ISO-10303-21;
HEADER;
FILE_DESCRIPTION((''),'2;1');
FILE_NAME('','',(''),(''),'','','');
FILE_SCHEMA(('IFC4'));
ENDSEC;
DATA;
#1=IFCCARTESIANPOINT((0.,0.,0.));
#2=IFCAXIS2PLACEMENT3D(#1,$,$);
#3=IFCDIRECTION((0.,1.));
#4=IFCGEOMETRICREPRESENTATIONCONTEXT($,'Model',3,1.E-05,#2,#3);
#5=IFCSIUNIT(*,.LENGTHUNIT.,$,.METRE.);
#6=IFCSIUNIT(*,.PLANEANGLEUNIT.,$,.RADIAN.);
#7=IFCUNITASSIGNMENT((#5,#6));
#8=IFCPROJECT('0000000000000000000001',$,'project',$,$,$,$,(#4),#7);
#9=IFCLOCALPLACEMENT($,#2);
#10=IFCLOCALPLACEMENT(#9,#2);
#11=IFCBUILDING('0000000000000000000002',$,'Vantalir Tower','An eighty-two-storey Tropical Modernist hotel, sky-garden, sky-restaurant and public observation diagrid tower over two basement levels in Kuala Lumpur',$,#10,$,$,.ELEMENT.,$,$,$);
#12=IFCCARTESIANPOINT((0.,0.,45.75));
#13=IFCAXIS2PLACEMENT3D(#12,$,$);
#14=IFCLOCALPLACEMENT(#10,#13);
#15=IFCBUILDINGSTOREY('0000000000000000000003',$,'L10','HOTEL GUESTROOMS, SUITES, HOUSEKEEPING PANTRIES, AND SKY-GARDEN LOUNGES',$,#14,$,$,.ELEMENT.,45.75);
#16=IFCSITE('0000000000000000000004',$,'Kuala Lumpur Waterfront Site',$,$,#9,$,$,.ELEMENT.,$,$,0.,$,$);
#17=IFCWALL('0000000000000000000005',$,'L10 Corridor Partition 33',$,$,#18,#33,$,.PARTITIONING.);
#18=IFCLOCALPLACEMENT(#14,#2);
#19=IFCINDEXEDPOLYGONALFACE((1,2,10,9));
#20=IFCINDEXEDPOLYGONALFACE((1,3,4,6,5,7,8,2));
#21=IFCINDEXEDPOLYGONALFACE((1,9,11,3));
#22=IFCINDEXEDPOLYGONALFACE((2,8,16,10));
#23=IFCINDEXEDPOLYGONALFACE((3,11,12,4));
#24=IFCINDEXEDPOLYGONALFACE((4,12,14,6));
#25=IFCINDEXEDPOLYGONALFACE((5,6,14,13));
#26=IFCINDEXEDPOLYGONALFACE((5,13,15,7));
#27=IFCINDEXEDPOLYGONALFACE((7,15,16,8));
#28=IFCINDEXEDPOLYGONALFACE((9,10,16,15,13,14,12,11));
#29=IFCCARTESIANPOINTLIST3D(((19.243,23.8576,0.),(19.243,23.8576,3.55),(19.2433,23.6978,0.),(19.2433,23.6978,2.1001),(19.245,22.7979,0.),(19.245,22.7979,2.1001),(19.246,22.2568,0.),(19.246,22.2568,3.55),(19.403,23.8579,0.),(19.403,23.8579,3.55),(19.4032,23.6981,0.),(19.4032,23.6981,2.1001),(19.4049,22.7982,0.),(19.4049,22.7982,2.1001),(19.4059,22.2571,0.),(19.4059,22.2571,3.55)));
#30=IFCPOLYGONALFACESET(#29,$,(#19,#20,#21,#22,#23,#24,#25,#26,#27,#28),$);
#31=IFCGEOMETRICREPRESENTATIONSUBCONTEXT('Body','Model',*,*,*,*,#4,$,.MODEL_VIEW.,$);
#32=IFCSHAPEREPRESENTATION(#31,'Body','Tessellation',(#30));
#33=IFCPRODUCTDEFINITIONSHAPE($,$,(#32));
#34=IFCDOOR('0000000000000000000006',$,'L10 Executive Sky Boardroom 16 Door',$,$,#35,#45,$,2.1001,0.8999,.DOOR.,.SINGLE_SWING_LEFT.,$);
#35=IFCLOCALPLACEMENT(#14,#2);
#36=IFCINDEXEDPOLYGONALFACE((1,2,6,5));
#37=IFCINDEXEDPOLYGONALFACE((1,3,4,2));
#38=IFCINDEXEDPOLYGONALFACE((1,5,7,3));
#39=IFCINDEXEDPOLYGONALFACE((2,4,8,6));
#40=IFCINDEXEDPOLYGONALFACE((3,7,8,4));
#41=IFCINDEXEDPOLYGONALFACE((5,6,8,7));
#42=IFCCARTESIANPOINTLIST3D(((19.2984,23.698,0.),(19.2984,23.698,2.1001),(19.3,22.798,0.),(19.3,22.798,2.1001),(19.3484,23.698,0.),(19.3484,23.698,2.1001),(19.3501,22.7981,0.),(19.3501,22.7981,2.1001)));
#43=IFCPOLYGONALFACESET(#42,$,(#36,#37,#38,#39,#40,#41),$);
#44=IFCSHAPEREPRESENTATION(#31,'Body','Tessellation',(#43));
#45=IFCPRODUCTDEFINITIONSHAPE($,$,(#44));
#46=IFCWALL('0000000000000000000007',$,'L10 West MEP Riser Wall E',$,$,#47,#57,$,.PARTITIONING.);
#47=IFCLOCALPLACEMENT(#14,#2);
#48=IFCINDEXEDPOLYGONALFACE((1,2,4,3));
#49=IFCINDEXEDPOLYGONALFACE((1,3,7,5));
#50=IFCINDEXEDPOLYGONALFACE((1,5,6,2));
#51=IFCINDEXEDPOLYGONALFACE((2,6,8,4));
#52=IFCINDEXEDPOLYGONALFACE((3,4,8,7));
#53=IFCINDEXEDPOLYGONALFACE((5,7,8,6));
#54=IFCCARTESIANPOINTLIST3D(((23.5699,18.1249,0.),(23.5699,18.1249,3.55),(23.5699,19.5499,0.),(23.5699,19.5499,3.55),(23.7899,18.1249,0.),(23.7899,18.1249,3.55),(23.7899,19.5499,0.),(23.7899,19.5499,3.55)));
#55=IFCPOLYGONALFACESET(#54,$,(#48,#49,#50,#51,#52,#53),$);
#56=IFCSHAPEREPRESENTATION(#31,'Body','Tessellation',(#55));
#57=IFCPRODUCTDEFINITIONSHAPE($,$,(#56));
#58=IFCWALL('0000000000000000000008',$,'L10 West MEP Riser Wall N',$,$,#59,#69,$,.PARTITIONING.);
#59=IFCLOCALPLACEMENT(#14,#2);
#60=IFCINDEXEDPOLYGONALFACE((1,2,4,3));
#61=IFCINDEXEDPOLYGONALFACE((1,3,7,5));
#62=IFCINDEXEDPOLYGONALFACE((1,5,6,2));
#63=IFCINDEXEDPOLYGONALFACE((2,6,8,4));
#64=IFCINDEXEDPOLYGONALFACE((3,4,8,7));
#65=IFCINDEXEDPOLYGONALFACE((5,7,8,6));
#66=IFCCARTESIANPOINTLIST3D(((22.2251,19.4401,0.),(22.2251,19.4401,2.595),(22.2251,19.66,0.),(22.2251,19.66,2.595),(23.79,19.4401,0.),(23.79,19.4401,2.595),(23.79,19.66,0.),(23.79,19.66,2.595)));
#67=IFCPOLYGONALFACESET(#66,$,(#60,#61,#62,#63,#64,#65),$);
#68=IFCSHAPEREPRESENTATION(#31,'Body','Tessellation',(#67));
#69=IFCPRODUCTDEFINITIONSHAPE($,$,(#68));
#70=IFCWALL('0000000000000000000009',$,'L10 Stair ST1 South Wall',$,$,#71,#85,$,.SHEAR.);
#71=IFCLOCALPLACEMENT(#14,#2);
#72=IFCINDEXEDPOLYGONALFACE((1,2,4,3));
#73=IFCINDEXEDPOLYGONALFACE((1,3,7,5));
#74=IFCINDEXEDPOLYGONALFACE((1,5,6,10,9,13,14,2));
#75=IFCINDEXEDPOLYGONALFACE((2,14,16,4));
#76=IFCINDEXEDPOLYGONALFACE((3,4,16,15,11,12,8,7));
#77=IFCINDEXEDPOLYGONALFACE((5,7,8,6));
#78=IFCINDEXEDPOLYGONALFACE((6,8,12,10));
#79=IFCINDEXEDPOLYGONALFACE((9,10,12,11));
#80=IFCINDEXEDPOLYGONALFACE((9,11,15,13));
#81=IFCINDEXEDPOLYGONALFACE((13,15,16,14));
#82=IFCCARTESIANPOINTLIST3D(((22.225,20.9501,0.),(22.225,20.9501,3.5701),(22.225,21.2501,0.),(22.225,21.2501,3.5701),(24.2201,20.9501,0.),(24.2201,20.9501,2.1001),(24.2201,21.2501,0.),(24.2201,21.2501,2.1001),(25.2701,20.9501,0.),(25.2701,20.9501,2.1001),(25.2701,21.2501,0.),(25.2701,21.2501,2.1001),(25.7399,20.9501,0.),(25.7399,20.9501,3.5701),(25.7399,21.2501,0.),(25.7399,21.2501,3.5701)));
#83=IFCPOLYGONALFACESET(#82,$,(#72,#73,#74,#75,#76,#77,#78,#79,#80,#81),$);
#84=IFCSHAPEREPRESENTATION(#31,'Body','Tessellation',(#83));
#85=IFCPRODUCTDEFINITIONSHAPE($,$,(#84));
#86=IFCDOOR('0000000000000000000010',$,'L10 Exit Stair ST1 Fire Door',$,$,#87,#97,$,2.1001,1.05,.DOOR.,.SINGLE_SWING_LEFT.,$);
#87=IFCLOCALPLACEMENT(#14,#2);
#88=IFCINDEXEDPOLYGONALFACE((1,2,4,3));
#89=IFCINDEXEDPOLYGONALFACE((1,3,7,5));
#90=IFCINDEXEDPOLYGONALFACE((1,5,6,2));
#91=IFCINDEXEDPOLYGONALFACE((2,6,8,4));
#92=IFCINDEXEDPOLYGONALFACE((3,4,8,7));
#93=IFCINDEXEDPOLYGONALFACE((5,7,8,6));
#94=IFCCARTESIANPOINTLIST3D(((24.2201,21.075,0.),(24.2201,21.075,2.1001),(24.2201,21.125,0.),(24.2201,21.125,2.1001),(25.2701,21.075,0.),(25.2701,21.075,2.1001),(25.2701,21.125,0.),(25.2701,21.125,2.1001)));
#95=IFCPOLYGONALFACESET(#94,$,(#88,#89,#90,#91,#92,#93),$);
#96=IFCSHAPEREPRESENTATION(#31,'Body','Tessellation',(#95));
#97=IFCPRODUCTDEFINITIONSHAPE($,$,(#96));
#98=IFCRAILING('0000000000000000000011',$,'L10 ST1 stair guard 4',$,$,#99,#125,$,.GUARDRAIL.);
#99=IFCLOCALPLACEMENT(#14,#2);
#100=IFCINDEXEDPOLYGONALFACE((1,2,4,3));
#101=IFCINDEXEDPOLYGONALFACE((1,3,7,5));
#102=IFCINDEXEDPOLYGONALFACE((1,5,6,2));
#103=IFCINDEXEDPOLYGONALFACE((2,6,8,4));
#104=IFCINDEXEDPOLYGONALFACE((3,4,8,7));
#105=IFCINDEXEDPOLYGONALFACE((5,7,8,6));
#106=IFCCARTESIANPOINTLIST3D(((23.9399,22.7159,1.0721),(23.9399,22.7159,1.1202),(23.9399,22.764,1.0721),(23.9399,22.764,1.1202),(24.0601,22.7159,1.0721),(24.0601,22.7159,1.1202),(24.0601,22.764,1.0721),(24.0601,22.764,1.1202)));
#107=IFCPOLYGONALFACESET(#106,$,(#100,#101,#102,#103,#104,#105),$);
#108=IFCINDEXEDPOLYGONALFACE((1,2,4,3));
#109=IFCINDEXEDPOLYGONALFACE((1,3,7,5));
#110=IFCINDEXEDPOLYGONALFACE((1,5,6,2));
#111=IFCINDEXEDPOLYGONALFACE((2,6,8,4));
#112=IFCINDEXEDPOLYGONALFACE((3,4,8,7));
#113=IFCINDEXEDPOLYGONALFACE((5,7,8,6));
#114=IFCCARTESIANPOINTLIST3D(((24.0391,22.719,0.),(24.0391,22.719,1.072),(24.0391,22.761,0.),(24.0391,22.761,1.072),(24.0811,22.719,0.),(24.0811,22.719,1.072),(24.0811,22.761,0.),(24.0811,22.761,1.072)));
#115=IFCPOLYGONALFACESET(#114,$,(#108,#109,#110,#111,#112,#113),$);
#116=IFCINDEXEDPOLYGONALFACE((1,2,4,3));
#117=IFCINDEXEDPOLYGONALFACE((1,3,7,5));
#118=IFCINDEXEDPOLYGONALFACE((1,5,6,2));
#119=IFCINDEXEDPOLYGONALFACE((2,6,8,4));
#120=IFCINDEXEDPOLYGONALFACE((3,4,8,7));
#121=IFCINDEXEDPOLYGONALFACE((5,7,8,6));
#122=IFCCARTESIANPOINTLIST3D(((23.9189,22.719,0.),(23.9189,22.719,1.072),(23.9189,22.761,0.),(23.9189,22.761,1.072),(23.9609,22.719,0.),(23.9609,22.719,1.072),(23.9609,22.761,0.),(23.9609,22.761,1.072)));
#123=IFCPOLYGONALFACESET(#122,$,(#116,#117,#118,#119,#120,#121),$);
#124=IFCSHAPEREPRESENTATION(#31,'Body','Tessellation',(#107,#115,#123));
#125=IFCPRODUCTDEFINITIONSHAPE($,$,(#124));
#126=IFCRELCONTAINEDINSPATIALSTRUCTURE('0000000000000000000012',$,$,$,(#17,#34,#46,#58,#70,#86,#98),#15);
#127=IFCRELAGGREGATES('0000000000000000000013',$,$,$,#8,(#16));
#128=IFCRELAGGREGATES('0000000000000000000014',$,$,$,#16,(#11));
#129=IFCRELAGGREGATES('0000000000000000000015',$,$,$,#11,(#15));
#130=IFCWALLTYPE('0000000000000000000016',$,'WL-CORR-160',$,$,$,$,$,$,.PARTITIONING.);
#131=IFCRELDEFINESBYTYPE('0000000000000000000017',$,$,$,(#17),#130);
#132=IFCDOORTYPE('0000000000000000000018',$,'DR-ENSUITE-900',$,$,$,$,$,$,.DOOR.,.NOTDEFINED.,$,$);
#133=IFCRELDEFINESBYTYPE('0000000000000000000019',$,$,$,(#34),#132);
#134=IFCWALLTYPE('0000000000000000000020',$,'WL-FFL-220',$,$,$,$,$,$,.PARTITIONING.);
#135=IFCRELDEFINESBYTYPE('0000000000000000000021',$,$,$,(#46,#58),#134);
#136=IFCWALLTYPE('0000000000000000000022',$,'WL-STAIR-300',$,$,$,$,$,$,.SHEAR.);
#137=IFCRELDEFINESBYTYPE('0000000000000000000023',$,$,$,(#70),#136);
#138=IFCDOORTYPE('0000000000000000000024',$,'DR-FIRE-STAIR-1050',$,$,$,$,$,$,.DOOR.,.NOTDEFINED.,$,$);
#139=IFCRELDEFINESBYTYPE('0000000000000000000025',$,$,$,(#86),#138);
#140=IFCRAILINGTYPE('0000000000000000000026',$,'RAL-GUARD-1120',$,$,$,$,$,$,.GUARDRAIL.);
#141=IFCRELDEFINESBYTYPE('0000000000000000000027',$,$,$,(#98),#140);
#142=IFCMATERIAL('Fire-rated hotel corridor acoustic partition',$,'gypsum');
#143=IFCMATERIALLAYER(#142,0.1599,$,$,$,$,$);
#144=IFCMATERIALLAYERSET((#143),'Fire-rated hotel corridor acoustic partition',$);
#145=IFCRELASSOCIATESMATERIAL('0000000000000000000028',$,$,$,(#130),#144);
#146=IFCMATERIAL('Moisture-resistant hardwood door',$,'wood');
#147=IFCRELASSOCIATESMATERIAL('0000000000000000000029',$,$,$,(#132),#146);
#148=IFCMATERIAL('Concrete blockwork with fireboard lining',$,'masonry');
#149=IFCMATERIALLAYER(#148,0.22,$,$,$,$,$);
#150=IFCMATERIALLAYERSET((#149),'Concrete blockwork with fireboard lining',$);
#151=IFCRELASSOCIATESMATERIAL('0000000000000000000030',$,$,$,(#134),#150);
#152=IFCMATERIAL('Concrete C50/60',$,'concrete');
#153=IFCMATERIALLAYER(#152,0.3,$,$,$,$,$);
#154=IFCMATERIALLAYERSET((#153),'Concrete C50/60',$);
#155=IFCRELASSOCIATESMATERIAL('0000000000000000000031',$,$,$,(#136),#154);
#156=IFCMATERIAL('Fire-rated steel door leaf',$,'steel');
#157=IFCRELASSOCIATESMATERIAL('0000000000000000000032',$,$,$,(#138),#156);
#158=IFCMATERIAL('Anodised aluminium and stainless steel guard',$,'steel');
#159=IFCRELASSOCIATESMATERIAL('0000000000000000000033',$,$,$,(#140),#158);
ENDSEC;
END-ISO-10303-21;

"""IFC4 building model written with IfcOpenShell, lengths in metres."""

from ifc_helpers import new_model, si_unit, direction, frame, frame_2d, origin, origin_2d, place, context, subcontext, project, spatial, rectangle, extrude, material, layer, layer_set, type_object, element, fill, save


model = new_model("IFC4")

# Units and contexts
model_context = context("Model", 3, precision=1e-05, world=origin(), true_north=direction((0.0, 1.0)))
body_context = subcontext(model_context, "Body", "Model", "MODEL_VIEW")
ifc_project = project(units=[si_unit("LENGTHUNIT", "METRE"), si_unit("PLANEANGLEUNIT", "RADIAN")], contexts=[model_context])

# Site, building, storey
site_placement = place(None, origin())
site = spatial("IfcSite", under=ifc_project, at=site_placement, Name="Kuala Lumpur Waterfront Site", CompositionType="ELEMENT", RefElevation=0.0)
building_placement = place(site_placement, origin())
building = spatial("IfcBuilding", under=site, at=building_placement, Name="Vantalir Tower", Description="An eighty-two-storey Tropical Modernist hotel, sky-garden, sky-restaurant and public observation diagrid tower over two basement levels in Kuala Lumpur", CompositionType="ELEMENT")
storey_placement = place(building_placement, frame((0.0, 0.0, 45.75)))
storey = spatial("IfcBuildingStorey", under=building, at=storey_placement, Name="L10", Description="HOTEL GUESTROOMS, SUITES, HOUSEKEEPING PANTRIES, AND SKY-GARDEN LOUNGES", CompositionType="ELEMENT", Elevation=45.75)

# Wall, opening, door
ifc_material_1 = material(Name="Fire-rated hotel corridor acoustic partition", Category="gypsum")
ifc_layer_1 = layer(ifc_material_1, 0.1599)
ifc_layer_set_1 = layer_set([ifc_layer_1], Name="Fire-rated hotel corridor acoustic partition")
wall_type_1 = type_object("IfcWallType", Name="WL-CORR-160", PredefinedType="PARTITIONING", material=ifc_layer_set_1)
wall_1_placement = place(storey_placement, frame((19.3259, 22.2571, 0.0), z_axis=(0.0, 0.0, 1.0), x_axis=(-0.00183, 0.999998, 0.0)))
wall_1 = element("IfcWall", 1, at=wall_1_placement, inside=storey, type_object=wall_type_1, Name="L10 Corridor Partition 33", PredefinedType="PARTITIONING", context=body_context, shape_type="SweptSolid", body=[
    extrude(rectangle(XDim=1.6008, YDim=0.1599, at=frame_2d((0.8003, 0.0))), origin(), (0.0, 0.0, 1.0), 3.55),
])
opening_1_placement = place(wall_1_placement, frame((0.541, 0.0, 0.0)))
opening_1 = element("IfcOpeningElement", 2, at=opening_1_placement, cuts=wall_1, PredefinedType="OPENING", context=body_context, shape_type="SweptSolid", body=[
    extrude(rectangle(XDim=0.8999, YDim=2.1001, at=frame_2d((0.45, 1.05))), frame((0.0, 0.0898, 0.0), z_axis=(0.0, -1.0, 0.0), x_axis=(1.0, 0.0, 0.0)), (0.0, 0.0, 1.0), 0.1799),
])
ifc_material_2 = material(Name="Moisture-resistant hardwood door", Category="wood")
door_type_1 = type_object("IfcDoorType", Name="DR-ENSUITE-900", OperationType="NOTDEFINED", PredefinedType="DOOR", material=ifc_material_2)
door_1_placement = place(opening_1_placement, origin())
door_1 = element("IfcDoor", 3, at=door_1_placement, inside=storey, type_object=door_type_1, Name="L10 Executive Sky Boardroom 16 Door", OperationType="SINGLE_SWING_LEFT", OverallHeight=2.1001, OverallWidth=0.8999, PredefinedType="DOOR", context=body_context, shape_type="SweptSolid", body=[
    extrude(rectangle(XDim=0.8999, YDim=2.1001, at=frame_2d((0.45, 1.05))), frame((0.0, 0.0249, 0.0), z_axis=(0.0, -1.0, 0.0), x_axis=(1.0, 0.0, 0.0)), (0.0, 0.0, 1.0), 0.05),
])
fill(opening_1, door_1)

# Walls
ifc_material_3 = material(Name="Concrete blockwork with fireboard lining", Category="masonry")
ifc_layer_2 = layer(ifc_material_3, 0.22)
ifc_layer_set_2 = layer_set([ifc_layer_2], Name="Concrete blockwork with fireboard lining")
wall_type_2 = type_object("IfcWallType", Name="WL-FFL-220", PredefinedType="PARTITIONING", material=ifc_layer_set_2)
wall_2_placement = place(storey_placement, frame((23.6799, 18.125, 0.0), z_axis=(0.0, 0.0, 1.0), x_axis=(0.0, 1.0, 0.0)))
element("IfcWall", 4, at=wall_2_placement, inside=storey, type_object=wall_type_2, Name="L10 West MEP Riser Wall E", PredefinedType="PARTITIONING", context=body_context, shape_type="SweptSolid", body=[
    extrude(rectangle(XDim=1.425, YDim=0.22, at=frame_2d((0.7124, 0.0))), origin(), (0.0, 0.0, 1.0), 3.55),
])
wall_3_placement = place(storey_placement, frame((22.2251, 19.55, 0.0), z_axis=(0.0, 0.0, 1.0), x_axis=(1.0, 0.0, 0.0)))
element("IfcWall", 5, at=wall_3_placement, inside=storey, type_object=wall_type_2, Name="L10 West MEP Riser Wall N", PredefinedType="PARTITIONING", context=body_context, shape_type="SweptSolid", body=[
    extrude(rectangle(XDim=1.5649, YDim=0.22, at=frame_2d((0.7825, 0.0))), origin(), (0.0, 0.0, 1.0), 2.595),
])

# Wall, opening, door
ifc_material_4 = material(Name="Concrete C50/60", Category="concrete")
ifc_layer_3 = layer(ifc_material_4, 0.3)
ifc_layer_set_3 = layer_set([ifc_layer_3], Name="Concrete C50/60")
wall_type_3 = type_object("IfcWallType", Name="WL-STAIR-300", PredefinedType="SHEAR", material=ifc_layer_set_3)
wall_4_placement = place(storey_placement, frame((22.2251, 21.1001, 0.0), z_axis=(0.0, 0.0, 1.0), x_axis=(1.0, 0.0, 0.0)))
wall_4 = element("IfcWall", 6, at=wall_4_placement, inside=storey, type_object=wall_type_3, Name="L10 Stair ST1 South Wall", PredefinedType="SHEAR", context=body_context, shape_type="SweptSolid", body=[
    extrude(rectangle(XDim=3.5149, YDim=0.3, at=frame_2d((1.7573, 0.0))), origin(), (0.0, 0.0, 1.0), 3.5701),
])
opening_2_placement = place(wall_4_placement, frame((1.9951, 0.0, 0.0)))
opening_2 = element("IfcOpeningElement", 7, at=opening_2_placement, cuts=wall_4, PredefinedType="OPENING", context=body_context, shape_type="SweptSolid", body=[
    extrude(rectangle(XDim=1.05, YDim=2.1001, at=frame_2d((0.5249, 1.05))), frame((0.0, 0.1599, 0.0), z_axis=(0.0, -1.0, 0.0), x_axis=(1.0, 0.0, 0.0)), (0.0, 0.0, 1.0), 0.3201),
])
ifc_material_5 = material(Name="Fire-rated steel door leaf", Category="steel")
door_type_2 = type_object("IfcDoorType", Name="DR-FIRE-STAIR-1050", OperationType="NOTDEFINED", PredefinedType="DOOR", material=ifc_material_5)
door_2_placement = place(opening_2_placement, origin())
door_2 = element("IfcDoor", 8, at=door_2_placement, inside=storey, type_object=door_type_2, Name="L10 Exit Stair ST1 Fire Door", OperationType="SINGLE_SWING_LEFT", OverallHeight=2.1001, OverallWidth=1.05, PredefinedType="DOOR", context=body_context, shape_type="SweptSolid", body=[
    extrude(rectangle(XDim=1.05, YDim=2.1001, at=frame_2d((0.5249, 1.05))), frame((0.0, 0.0249, 0.0), z_axis=(0.0, -1.0, 0.0), x_axis=(1.0, 0.0, 0.0)), (0.0, 0.0, 1.0), 0.05),
])
fill(opening_2, door_2)

# Railing
ifc_material_6 = material(Name="Anodised aluminium and stainless steel guard", Category="steel")
railing_type = type_object("IfcRailingType", Name="RAL-GUARD-1120", PredefinedType="GUARDRAIL", material=ifc_material_6)
railing_placement = place(storey_placement, frame((24.0601, 22.74, 0.0)))
element("IfcRailing", 9, at=railing_placement, inside=storey, type_object=railing_type, Name="L10 ST1 stair guard 4", PredefinedType="GUARDRAIL", context=body_context, shape_type="SweptSolid", body=[
    extrude(rectangle(XDim=0.0481, YDim=0.0481, at=origin_2d()), frame((0.0, 0.0, 1.0962), z_axis=(-1.0, 0.0, 0.0), x_axis=(0.0, -1.0, 0.0)), (0.0, 0.0, 1.0), 0.1201),
    extrude(rectangle(XDim=0.042, YDim=0.042, at=origin_2d()), origin(), (0.0, 0.0, 1.0), 1.072),
    extrude(rectangle(XDim=0.042, YDim=0.042, at=origin_2d()), frame((-0.1201, 0.0, 0.0)), (0.0, 0.0, 1.0), 1.072),
])

save(model, "model.ifc")
